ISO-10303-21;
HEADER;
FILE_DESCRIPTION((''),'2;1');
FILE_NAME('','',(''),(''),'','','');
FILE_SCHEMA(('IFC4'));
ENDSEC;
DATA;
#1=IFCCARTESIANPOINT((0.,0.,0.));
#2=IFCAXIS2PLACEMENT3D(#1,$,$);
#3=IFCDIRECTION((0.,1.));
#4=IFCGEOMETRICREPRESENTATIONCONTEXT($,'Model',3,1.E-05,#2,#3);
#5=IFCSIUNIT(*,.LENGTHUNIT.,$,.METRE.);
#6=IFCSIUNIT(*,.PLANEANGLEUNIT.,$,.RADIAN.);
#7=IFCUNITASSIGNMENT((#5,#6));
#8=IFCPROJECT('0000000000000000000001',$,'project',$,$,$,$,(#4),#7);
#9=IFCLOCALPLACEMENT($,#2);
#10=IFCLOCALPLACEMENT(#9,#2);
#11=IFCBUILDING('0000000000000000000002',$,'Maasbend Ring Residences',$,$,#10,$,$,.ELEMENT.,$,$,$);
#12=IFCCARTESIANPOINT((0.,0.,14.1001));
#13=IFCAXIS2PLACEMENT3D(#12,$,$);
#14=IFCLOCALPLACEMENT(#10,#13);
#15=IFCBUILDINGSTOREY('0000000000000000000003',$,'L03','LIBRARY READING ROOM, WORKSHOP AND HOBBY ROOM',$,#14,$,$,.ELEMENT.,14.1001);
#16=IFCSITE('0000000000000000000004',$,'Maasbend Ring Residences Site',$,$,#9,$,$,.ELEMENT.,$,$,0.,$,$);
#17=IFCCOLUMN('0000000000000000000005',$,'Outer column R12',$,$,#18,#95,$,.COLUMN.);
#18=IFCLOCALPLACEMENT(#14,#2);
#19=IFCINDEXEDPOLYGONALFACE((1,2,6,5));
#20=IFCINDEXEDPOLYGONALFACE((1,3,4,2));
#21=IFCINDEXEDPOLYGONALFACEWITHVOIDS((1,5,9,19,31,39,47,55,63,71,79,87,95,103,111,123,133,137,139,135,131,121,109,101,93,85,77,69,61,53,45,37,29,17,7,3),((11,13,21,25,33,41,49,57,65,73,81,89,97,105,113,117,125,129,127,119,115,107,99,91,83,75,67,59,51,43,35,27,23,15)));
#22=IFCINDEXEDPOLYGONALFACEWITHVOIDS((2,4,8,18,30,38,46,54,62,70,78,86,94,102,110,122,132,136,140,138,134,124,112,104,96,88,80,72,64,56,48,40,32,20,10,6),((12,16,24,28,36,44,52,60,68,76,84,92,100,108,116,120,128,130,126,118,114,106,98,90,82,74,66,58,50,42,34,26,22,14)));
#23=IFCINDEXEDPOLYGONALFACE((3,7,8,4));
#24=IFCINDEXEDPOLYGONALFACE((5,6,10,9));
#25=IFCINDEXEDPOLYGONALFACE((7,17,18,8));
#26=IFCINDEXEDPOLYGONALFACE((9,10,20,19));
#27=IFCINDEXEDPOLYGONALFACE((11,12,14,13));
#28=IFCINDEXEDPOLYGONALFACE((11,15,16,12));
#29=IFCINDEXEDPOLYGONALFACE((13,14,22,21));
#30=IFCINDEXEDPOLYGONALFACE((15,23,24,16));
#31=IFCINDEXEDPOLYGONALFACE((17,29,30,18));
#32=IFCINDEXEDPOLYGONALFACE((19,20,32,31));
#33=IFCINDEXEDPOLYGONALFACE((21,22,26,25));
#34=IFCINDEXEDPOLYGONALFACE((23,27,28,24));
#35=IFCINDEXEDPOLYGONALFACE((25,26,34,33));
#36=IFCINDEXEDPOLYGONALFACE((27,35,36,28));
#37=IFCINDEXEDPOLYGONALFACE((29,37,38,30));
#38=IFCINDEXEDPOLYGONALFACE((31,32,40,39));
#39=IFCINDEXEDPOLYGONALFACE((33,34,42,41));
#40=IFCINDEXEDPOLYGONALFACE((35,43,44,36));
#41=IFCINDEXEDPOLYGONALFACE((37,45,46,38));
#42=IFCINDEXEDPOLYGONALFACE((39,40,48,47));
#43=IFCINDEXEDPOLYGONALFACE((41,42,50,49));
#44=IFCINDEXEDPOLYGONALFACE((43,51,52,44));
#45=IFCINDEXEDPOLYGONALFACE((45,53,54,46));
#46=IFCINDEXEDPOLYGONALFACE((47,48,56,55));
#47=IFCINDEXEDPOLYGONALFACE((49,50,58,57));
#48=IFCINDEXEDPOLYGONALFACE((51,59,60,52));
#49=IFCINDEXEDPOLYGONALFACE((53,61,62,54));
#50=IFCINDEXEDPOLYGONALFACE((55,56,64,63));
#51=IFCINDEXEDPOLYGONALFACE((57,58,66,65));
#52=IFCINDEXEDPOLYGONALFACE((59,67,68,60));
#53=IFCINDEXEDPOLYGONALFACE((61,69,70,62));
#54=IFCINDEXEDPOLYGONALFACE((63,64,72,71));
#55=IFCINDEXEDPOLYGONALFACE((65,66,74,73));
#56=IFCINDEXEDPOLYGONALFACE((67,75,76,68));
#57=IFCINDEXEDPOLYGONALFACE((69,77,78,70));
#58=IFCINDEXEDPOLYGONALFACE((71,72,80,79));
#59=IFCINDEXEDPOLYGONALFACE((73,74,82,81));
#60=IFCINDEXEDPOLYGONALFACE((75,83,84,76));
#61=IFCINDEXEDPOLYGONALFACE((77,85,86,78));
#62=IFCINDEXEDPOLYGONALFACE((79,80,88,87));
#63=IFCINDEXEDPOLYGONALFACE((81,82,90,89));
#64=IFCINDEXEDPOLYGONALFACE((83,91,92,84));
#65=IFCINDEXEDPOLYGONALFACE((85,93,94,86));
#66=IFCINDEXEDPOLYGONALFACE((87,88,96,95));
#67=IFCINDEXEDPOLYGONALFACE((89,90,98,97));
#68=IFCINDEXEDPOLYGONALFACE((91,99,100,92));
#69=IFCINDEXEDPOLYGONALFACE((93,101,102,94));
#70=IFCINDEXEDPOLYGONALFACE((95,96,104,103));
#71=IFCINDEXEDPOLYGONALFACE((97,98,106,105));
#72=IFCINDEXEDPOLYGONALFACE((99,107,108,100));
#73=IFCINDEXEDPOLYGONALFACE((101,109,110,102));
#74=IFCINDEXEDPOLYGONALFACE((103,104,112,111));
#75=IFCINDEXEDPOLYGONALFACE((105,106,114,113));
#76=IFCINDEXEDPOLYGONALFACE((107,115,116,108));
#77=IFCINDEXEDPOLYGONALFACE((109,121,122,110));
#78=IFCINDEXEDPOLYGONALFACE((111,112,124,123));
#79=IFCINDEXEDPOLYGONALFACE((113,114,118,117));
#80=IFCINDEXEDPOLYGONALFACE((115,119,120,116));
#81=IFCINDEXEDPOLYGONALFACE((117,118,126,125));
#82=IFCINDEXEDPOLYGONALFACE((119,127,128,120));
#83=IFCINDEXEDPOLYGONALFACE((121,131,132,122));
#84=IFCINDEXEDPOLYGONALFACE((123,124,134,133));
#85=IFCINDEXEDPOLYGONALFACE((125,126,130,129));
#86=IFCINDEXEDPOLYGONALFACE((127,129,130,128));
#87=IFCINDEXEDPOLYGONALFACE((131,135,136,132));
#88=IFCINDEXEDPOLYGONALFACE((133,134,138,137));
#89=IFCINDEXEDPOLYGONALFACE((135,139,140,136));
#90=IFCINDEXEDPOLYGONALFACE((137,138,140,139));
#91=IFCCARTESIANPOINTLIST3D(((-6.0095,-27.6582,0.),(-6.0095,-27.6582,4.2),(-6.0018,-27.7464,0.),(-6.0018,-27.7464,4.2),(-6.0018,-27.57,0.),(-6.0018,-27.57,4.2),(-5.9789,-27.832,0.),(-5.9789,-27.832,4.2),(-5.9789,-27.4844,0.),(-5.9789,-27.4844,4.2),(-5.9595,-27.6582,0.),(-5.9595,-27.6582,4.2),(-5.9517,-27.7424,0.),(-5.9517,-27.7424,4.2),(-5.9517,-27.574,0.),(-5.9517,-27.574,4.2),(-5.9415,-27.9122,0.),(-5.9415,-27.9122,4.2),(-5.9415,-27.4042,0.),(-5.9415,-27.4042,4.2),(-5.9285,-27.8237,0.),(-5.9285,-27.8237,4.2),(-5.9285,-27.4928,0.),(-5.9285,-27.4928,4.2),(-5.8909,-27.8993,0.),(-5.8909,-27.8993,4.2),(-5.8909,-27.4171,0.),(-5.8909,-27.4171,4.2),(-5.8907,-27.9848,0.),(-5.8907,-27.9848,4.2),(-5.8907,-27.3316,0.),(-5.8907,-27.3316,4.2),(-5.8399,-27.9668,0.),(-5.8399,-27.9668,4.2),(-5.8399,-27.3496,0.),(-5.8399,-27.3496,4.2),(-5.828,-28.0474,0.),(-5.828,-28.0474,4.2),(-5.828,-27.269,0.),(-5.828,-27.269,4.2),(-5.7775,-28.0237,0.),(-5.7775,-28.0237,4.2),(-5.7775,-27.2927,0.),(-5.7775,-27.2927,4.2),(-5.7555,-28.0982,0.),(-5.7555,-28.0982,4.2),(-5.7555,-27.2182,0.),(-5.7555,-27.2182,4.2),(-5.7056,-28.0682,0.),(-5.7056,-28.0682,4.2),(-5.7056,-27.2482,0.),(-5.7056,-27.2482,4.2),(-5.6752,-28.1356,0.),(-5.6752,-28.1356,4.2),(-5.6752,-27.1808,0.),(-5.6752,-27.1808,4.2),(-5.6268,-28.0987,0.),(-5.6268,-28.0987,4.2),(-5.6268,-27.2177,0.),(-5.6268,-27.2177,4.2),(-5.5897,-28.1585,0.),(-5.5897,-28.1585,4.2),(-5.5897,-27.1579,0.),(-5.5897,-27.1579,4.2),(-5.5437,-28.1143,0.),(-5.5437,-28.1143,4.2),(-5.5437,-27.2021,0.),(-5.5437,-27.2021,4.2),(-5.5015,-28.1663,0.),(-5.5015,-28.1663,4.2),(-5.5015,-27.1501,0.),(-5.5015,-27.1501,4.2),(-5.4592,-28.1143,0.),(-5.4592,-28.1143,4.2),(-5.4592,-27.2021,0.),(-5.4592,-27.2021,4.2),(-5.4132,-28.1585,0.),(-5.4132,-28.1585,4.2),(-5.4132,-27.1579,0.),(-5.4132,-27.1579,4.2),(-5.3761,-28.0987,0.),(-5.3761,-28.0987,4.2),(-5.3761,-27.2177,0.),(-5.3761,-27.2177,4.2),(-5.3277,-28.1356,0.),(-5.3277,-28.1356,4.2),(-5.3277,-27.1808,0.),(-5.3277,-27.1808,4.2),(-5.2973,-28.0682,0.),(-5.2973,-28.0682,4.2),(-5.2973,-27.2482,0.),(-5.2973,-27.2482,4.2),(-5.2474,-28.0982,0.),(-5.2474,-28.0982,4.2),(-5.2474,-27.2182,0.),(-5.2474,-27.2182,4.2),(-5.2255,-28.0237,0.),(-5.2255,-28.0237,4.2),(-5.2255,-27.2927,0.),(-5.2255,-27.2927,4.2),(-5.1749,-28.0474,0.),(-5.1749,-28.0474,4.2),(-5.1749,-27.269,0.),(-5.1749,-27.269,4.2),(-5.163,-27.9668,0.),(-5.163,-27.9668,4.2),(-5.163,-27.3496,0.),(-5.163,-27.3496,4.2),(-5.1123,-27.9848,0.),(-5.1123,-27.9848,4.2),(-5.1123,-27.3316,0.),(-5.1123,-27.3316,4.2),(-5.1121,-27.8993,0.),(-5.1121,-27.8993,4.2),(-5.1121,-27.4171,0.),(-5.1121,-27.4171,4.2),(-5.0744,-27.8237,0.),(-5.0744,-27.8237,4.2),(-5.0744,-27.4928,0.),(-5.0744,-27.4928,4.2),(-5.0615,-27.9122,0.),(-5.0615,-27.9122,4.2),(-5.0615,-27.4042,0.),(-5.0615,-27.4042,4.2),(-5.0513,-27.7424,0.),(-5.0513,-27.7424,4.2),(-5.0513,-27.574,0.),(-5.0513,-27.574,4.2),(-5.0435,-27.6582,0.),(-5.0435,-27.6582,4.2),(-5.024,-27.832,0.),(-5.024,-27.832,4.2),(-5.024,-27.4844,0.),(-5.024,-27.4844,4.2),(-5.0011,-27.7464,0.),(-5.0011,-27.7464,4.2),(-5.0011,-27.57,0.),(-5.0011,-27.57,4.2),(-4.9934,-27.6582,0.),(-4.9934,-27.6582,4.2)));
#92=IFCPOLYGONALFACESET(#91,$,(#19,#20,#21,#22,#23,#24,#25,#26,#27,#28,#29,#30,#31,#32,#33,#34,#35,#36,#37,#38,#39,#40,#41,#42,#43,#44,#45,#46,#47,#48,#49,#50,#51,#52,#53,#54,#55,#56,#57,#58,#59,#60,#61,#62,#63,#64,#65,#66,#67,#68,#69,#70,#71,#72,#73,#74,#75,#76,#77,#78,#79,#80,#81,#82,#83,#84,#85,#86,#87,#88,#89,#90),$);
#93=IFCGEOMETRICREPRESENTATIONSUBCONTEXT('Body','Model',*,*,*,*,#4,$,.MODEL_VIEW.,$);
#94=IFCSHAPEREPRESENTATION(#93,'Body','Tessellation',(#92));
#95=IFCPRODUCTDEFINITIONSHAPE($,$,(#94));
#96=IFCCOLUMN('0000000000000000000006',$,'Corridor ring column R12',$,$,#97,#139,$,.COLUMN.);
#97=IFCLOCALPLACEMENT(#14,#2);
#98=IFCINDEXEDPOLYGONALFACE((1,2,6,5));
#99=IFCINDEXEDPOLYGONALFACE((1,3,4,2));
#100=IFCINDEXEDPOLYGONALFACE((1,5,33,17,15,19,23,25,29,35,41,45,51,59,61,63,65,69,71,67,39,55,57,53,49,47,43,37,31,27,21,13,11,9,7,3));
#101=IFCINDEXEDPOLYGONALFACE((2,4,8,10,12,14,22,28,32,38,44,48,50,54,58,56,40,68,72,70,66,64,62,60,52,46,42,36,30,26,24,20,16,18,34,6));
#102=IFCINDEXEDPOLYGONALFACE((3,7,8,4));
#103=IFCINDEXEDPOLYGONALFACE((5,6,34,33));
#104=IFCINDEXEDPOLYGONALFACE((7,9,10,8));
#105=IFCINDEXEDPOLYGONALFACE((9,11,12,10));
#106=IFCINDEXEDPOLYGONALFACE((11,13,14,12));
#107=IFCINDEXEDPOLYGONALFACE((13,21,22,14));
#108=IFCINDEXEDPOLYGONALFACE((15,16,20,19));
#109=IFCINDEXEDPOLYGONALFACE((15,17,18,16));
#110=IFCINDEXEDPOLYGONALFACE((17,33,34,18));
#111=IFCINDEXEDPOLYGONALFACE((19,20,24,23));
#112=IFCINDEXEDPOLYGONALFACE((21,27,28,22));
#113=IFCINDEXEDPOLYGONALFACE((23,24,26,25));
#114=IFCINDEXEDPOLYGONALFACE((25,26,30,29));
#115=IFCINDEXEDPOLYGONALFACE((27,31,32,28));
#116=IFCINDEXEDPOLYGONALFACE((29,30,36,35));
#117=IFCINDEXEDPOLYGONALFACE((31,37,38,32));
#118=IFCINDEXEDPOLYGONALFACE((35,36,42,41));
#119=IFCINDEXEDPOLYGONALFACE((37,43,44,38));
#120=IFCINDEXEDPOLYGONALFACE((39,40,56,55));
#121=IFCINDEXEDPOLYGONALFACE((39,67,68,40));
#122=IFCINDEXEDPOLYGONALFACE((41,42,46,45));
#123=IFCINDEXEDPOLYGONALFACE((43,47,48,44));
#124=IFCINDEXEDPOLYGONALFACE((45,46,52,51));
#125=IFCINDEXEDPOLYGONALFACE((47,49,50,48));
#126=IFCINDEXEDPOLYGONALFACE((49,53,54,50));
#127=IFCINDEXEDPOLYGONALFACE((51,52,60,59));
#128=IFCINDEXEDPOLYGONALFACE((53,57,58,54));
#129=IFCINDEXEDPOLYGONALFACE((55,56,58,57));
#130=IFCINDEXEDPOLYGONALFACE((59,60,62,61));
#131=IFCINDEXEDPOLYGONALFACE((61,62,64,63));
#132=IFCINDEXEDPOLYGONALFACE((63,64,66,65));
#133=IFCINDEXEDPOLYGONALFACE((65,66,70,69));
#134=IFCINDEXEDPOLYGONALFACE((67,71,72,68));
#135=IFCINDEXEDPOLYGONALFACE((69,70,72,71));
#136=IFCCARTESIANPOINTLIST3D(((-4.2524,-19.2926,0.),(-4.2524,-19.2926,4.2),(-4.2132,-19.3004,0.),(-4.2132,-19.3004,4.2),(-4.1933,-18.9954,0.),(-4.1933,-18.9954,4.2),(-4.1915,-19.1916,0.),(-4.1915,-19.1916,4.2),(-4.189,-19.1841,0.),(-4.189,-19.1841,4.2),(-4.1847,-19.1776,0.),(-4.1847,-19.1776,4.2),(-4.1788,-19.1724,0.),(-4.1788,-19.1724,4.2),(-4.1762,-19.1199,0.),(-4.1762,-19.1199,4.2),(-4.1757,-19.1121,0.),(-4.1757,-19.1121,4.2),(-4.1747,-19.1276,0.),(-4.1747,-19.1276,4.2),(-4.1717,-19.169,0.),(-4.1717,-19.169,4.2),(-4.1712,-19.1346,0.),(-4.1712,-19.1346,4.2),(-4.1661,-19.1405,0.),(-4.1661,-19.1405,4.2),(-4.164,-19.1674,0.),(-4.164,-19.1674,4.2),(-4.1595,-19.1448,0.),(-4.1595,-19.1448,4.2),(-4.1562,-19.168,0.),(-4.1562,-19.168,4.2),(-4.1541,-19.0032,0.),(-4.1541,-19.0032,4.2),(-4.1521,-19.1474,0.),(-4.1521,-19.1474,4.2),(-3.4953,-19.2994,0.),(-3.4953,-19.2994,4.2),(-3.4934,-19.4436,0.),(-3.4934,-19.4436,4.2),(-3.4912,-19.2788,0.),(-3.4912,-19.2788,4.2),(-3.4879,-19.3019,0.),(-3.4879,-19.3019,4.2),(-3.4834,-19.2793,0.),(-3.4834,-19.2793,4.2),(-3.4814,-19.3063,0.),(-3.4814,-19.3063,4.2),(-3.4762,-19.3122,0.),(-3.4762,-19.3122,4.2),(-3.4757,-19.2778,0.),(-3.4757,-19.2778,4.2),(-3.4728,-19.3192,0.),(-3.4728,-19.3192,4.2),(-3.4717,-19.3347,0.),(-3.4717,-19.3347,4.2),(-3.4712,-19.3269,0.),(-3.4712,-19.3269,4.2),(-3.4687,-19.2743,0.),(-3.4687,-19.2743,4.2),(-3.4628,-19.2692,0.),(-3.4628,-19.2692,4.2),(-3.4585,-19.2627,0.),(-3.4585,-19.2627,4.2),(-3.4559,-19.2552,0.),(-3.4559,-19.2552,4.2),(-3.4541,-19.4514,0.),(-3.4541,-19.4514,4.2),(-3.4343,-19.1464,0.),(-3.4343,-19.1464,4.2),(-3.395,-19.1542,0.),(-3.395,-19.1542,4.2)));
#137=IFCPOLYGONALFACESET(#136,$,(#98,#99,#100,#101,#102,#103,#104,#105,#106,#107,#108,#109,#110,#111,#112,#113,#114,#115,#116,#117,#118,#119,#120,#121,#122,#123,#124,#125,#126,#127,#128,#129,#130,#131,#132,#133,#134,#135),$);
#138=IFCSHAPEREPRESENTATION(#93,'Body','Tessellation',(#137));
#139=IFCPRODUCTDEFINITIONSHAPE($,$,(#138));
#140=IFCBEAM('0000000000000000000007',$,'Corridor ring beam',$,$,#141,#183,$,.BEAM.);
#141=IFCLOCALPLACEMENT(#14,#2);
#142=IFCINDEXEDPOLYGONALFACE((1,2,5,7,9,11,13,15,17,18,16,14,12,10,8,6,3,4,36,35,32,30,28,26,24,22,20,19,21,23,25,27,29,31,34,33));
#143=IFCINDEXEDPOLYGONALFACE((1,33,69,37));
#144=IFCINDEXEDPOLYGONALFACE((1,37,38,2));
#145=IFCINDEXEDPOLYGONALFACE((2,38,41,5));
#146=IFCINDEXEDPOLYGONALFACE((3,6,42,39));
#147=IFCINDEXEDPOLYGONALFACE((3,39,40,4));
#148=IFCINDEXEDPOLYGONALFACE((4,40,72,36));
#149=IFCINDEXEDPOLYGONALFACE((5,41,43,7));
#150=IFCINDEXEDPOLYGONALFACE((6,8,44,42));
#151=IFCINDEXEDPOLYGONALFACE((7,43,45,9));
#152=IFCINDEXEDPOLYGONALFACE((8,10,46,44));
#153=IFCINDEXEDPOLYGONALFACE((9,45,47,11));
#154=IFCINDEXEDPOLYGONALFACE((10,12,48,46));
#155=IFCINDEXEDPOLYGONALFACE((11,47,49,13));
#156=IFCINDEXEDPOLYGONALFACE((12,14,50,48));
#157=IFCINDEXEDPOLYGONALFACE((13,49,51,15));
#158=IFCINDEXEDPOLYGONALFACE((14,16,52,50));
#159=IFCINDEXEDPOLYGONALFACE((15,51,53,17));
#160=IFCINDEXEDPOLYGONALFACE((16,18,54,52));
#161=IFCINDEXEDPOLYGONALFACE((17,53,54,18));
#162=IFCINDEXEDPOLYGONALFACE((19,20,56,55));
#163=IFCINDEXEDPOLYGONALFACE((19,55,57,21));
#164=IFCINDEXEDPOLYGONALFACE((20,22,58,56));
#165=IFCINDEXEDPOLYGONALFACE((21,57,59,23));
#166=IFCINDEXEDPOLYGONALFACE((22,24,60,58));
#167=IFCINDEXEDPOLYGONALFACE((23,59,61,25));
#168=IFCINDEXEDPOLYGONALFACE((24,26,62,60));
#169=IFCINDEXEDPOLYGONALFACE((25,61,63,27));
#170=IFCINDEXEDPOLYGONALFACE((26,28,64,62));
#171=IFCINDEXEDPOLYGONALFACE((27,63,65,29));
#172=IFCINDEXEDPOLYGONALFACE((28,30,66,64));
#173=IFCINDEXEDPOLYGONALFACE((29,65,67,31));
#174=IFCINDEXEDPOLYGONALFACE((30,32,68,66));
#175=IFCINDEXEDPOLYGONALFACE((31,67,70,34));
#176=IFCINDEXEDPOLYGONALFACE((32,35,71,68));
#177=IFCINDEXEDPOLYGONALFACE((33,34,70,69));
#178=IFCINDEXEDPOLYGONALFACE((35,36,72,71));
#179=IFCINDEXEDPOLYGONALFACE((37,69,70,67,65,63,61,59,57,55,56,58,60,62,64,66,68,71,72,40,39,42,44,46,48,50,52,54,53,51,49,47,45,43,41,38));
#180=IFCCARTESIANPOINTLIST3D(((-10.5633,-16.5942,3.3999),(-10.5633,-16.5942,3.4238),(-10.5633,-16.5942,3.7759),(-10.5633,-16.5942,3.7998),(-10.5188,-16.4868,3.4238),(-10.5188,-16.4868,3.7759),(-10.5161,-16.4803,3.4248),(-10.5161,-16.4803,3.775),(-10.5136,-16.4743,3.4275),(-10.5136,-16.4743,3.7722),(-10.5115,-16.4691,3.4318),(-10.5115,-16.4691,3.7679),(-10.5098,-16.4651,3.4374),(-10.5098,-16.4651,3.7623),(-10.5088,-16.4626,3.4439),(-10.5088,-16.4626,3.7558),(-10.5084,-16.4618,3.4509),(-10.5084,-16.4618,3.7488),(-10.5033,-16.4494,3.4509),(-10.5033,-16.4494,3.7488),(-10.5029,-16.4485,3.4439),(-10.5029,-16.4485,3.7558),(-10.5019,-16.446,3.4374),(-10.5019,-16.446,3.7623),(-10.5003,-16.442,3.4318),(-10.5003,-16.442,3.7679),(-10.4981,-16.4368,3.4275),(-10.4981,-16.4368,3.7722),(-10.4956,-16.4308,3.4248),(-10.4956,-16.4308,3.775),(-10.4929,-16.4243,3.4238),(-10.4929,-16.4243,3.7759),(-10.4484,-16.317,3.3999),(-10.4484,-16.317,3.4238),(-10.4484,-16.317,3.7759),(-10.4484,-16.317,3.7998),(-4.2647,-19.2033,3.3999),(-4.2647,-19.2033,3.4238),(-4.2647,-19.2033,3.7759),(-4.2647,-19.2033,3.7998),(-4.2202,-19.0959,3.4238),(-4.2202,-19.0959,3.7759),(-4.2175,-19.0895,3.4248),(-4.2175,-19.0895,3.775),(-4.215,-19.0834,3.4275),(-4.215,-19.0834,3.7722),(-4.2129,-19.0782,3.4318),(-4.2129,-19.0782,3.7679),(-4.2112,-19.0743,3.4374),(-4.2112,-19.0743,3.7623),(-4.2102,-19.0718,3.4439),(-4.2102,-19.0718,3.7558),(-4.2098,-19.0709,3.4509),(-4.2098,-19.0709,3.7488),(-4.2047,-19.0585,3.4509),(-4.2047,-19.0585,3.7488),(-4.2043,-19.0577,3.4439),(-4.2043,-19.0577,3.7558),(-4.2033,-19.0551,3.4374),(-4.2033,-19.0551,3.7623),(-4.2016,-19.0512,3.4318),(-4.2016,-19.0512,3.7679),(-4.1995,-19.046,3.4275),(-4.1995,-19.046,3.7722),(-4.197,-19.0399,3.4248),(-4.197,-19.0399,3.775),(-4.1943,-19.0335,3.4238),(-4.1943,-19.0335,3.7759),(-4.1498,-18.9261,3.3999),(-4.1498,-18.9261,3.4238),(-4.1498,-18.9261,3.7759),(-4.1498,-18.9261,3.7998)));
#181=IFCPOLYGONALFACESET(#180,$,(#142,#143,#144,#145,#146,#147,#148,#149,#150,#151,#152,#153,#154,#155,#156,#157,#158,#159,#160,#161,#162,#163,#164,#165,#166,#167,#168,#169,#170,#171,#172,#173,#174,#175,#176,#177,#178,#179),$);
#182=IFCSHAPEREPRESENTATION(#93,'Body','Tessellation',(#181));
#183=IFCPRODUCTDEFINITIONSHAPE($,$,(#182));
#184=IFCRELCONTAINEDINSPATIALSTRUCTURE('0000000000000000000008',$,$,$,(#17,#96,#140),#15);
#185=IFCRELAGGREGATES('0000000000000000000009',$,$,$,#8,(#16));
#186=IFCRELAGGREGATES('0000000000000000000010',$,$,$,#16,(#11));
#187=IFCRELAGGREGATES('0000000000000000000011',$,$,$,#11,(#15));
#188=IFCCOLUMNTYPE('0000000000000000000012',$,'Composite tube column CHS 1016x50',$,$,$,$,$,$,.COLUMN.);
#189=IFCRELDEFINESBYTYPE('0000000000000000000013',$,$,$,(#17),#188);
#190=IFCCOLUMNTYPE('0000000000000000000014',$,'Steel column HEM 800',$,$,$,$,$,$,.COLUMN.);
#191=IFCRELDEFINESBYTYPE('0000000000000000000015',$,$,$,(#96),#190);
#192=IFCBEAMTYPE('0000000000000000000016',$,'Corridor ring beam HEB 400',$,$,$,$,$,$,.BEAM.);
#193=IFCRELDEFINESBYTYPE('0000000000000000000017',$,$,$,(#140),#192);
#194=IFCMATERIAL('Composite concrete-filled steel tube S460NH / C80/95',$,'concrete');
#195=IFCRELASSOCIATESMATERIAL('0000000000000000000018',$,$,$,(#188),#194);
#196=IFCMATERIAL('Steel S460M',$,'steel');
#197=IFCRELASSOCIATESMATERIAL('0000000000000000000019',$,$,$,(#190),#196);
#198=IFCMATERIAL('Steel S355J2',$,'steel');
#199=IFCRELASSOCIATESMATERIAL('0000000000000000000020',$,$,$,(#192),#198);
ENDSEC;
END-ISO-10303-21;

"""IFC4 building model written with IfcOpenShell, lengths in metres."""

from ifc_helpers import new_model, si_unit, direction, frame, origin, origin_2d, place, context, subcontext, project, spatial, hollow_circle, i_section, extrude, material, material_profile, profile_set, type_object, element, save


model = new_model("IFC4")

# Units and contexts
model_context = context("Model", 3, precision=1e-05, world=origin(), true_north=direction((0.0, 1.0)))
body_context = subcontext(model_context, "Body", "Model", "MODEL_VIEW")
ifc_project = project(units=[si_unit("LENGTHUNIT", "METRE"), si_unit("PLANEANGLEUNIT", "RADIAN")], contexts=[model_context])

# Site, building, storey
site_placement = place(None, origin())
site = spatial("IfcSite", under=ifc_project, at=site_placement, Name="Maasbend Ring Residences Site", CompositionType="ELEMENT", RefElevation=0.0)
building_placement = place(site_placement, origin())
building = spatial("IfcBuilding", under=site, at=building_placement, Name="Maasbend Ring Residences", CompositionType="ELEMENT")
storey_placement = place(building_placement, frame((0.0, 0.0, 14.1001)))
storey = spatial("IfcBuildingStorey", under=building, at=storey_placement, Name="L03", Description="LIBRARY READING ROOM, WORKSHOP AND HOBBY ROOM", CompositionType="ELEMENT", Elevation=14.1001)

# Columns
ifc_material_1 = material(Name="Composite concrete-filled steel tube S460NH / C80/95", Category="concrete")
ifc_material_profile_1 = material_profile(ifc_material_1, hollow_circle(Radius=0.5081, WallThickness=0.05, at=origin_2d()), Name="Composite tube column CHS 1016x50")
ifc_profile_set_1 = profile_set([ifc_material_profile_1], Name="Composite concrete-filled steel tube S460NH / C80/95")
column_type_1 = type_object("IfcColumnType", Name="Composite tube column CHS 1016x50", PredefinedType="COLUMN", material=ifc_profile_set_1)
column_1_placement = place(storey_placement, frame((-5.5015, -27.6582, 0.0), z_axis=(0.0, 0.0, 1.0), x_axis=(1.0, 0.0, 0.0)))
element("IfcColumn", 1, at=column_1_placement, inside=storey, type_object=column_type_1, Name="Outer column R12", PredefinedType="COLUMN", context=body_context, shape_type="SweptSolid", body=[
    extrude(hollow_circle(Radius=0.5081, WallThickness=0.05, at=origin_2d()), origin(), (0.0, 0.0, 1.0), 4.2),
])
ifc_material_2 = material(Name="Steel S460M", Category="steel")
ifc_material_profile_2 = material_profile(ifc_material_2, i_section(OverallWidth=0.303, OverallDepth=0.814, WebThickness=0.021, FlangeThickness=0.04, FilletRadius=0.03, at=origin_2d()), Name="HEM 800")
ifc_profile_set_2 = profile_set([ifc_material_profile_2], Name="Steel S460M")
column_type_2 = type_object("IfcColumnType", Name="Steel column HEM 800", PredefinedType="COLUMN", material=ifc_profile_set_2)
column_2_placement = place(storey_placement, frame((-3.8237, -19.2234, 0.0), z_axis=(0.0, 0.0, 1.0), x_axis=(-0.19509, -0.980785, 0.0)))
element("IfcColumn", 2, at=column_2_placement, inside=storey, type_object=column_type_2, Name="Corridor ring column R12", PredefinedType="COLUMN", context=body_context, shape_type="SweptSolid", body=[
    extrude(i_section(OverallWidth=0.303, OverallDepth=0.814, WebThickness=0.021, FlangeThickness=0.04, FilletRadius=0.03, at=origin_2d()), origin(), (0.0, 0.0, 1.0), 4.2),
])

# Beam
ifc_material_3 = material(Name="Steel S355J2", Category="steel")
ifc_material_profile_3 = material_profile(ifc_material_3, i_section(OverallWidth=0.3, OverallDepth=0.3999, WebThickness=0.0134, FlangeThickness=0.0239, FilletRadius=0.0271, at=origin_2d()), Name="HEB 400")
ifc_profile_set_3 = profile_set([ifc_material_profile_3], Name="Steel S355J2")
beam_type = type_object("IfcBeamType", Name="Corridor ring beam HEB 400", PredefinedType="BEAM", material=ifc_profile_set_3)
beam_1_placement = place(storey_placement, frame((-10.5059, -16.4556, 3.5999), z_axis=(0.923871, -0.382705, 0.0), x_axis=(0.382705, 0.923871, 0.0)))
element("IfcBeam", 3, at=beam_1_placement, inside=storey, type_object=beam_type, Name="Corridor ring beam", PredefinedType="BEAM", context=body_context, shape_type="SweptSolid", body=[
    extrude(i_section(OverallWidth=0.3, OverallDepth=0.3999, WebThickness=0.0134, FlangeThickness=0.0239, FilletRadius=0.0271, at=origin_2d()), origin(), (0.0, 0.0, 1.0), 6.8176),
])

save(model, "model.ifc")
